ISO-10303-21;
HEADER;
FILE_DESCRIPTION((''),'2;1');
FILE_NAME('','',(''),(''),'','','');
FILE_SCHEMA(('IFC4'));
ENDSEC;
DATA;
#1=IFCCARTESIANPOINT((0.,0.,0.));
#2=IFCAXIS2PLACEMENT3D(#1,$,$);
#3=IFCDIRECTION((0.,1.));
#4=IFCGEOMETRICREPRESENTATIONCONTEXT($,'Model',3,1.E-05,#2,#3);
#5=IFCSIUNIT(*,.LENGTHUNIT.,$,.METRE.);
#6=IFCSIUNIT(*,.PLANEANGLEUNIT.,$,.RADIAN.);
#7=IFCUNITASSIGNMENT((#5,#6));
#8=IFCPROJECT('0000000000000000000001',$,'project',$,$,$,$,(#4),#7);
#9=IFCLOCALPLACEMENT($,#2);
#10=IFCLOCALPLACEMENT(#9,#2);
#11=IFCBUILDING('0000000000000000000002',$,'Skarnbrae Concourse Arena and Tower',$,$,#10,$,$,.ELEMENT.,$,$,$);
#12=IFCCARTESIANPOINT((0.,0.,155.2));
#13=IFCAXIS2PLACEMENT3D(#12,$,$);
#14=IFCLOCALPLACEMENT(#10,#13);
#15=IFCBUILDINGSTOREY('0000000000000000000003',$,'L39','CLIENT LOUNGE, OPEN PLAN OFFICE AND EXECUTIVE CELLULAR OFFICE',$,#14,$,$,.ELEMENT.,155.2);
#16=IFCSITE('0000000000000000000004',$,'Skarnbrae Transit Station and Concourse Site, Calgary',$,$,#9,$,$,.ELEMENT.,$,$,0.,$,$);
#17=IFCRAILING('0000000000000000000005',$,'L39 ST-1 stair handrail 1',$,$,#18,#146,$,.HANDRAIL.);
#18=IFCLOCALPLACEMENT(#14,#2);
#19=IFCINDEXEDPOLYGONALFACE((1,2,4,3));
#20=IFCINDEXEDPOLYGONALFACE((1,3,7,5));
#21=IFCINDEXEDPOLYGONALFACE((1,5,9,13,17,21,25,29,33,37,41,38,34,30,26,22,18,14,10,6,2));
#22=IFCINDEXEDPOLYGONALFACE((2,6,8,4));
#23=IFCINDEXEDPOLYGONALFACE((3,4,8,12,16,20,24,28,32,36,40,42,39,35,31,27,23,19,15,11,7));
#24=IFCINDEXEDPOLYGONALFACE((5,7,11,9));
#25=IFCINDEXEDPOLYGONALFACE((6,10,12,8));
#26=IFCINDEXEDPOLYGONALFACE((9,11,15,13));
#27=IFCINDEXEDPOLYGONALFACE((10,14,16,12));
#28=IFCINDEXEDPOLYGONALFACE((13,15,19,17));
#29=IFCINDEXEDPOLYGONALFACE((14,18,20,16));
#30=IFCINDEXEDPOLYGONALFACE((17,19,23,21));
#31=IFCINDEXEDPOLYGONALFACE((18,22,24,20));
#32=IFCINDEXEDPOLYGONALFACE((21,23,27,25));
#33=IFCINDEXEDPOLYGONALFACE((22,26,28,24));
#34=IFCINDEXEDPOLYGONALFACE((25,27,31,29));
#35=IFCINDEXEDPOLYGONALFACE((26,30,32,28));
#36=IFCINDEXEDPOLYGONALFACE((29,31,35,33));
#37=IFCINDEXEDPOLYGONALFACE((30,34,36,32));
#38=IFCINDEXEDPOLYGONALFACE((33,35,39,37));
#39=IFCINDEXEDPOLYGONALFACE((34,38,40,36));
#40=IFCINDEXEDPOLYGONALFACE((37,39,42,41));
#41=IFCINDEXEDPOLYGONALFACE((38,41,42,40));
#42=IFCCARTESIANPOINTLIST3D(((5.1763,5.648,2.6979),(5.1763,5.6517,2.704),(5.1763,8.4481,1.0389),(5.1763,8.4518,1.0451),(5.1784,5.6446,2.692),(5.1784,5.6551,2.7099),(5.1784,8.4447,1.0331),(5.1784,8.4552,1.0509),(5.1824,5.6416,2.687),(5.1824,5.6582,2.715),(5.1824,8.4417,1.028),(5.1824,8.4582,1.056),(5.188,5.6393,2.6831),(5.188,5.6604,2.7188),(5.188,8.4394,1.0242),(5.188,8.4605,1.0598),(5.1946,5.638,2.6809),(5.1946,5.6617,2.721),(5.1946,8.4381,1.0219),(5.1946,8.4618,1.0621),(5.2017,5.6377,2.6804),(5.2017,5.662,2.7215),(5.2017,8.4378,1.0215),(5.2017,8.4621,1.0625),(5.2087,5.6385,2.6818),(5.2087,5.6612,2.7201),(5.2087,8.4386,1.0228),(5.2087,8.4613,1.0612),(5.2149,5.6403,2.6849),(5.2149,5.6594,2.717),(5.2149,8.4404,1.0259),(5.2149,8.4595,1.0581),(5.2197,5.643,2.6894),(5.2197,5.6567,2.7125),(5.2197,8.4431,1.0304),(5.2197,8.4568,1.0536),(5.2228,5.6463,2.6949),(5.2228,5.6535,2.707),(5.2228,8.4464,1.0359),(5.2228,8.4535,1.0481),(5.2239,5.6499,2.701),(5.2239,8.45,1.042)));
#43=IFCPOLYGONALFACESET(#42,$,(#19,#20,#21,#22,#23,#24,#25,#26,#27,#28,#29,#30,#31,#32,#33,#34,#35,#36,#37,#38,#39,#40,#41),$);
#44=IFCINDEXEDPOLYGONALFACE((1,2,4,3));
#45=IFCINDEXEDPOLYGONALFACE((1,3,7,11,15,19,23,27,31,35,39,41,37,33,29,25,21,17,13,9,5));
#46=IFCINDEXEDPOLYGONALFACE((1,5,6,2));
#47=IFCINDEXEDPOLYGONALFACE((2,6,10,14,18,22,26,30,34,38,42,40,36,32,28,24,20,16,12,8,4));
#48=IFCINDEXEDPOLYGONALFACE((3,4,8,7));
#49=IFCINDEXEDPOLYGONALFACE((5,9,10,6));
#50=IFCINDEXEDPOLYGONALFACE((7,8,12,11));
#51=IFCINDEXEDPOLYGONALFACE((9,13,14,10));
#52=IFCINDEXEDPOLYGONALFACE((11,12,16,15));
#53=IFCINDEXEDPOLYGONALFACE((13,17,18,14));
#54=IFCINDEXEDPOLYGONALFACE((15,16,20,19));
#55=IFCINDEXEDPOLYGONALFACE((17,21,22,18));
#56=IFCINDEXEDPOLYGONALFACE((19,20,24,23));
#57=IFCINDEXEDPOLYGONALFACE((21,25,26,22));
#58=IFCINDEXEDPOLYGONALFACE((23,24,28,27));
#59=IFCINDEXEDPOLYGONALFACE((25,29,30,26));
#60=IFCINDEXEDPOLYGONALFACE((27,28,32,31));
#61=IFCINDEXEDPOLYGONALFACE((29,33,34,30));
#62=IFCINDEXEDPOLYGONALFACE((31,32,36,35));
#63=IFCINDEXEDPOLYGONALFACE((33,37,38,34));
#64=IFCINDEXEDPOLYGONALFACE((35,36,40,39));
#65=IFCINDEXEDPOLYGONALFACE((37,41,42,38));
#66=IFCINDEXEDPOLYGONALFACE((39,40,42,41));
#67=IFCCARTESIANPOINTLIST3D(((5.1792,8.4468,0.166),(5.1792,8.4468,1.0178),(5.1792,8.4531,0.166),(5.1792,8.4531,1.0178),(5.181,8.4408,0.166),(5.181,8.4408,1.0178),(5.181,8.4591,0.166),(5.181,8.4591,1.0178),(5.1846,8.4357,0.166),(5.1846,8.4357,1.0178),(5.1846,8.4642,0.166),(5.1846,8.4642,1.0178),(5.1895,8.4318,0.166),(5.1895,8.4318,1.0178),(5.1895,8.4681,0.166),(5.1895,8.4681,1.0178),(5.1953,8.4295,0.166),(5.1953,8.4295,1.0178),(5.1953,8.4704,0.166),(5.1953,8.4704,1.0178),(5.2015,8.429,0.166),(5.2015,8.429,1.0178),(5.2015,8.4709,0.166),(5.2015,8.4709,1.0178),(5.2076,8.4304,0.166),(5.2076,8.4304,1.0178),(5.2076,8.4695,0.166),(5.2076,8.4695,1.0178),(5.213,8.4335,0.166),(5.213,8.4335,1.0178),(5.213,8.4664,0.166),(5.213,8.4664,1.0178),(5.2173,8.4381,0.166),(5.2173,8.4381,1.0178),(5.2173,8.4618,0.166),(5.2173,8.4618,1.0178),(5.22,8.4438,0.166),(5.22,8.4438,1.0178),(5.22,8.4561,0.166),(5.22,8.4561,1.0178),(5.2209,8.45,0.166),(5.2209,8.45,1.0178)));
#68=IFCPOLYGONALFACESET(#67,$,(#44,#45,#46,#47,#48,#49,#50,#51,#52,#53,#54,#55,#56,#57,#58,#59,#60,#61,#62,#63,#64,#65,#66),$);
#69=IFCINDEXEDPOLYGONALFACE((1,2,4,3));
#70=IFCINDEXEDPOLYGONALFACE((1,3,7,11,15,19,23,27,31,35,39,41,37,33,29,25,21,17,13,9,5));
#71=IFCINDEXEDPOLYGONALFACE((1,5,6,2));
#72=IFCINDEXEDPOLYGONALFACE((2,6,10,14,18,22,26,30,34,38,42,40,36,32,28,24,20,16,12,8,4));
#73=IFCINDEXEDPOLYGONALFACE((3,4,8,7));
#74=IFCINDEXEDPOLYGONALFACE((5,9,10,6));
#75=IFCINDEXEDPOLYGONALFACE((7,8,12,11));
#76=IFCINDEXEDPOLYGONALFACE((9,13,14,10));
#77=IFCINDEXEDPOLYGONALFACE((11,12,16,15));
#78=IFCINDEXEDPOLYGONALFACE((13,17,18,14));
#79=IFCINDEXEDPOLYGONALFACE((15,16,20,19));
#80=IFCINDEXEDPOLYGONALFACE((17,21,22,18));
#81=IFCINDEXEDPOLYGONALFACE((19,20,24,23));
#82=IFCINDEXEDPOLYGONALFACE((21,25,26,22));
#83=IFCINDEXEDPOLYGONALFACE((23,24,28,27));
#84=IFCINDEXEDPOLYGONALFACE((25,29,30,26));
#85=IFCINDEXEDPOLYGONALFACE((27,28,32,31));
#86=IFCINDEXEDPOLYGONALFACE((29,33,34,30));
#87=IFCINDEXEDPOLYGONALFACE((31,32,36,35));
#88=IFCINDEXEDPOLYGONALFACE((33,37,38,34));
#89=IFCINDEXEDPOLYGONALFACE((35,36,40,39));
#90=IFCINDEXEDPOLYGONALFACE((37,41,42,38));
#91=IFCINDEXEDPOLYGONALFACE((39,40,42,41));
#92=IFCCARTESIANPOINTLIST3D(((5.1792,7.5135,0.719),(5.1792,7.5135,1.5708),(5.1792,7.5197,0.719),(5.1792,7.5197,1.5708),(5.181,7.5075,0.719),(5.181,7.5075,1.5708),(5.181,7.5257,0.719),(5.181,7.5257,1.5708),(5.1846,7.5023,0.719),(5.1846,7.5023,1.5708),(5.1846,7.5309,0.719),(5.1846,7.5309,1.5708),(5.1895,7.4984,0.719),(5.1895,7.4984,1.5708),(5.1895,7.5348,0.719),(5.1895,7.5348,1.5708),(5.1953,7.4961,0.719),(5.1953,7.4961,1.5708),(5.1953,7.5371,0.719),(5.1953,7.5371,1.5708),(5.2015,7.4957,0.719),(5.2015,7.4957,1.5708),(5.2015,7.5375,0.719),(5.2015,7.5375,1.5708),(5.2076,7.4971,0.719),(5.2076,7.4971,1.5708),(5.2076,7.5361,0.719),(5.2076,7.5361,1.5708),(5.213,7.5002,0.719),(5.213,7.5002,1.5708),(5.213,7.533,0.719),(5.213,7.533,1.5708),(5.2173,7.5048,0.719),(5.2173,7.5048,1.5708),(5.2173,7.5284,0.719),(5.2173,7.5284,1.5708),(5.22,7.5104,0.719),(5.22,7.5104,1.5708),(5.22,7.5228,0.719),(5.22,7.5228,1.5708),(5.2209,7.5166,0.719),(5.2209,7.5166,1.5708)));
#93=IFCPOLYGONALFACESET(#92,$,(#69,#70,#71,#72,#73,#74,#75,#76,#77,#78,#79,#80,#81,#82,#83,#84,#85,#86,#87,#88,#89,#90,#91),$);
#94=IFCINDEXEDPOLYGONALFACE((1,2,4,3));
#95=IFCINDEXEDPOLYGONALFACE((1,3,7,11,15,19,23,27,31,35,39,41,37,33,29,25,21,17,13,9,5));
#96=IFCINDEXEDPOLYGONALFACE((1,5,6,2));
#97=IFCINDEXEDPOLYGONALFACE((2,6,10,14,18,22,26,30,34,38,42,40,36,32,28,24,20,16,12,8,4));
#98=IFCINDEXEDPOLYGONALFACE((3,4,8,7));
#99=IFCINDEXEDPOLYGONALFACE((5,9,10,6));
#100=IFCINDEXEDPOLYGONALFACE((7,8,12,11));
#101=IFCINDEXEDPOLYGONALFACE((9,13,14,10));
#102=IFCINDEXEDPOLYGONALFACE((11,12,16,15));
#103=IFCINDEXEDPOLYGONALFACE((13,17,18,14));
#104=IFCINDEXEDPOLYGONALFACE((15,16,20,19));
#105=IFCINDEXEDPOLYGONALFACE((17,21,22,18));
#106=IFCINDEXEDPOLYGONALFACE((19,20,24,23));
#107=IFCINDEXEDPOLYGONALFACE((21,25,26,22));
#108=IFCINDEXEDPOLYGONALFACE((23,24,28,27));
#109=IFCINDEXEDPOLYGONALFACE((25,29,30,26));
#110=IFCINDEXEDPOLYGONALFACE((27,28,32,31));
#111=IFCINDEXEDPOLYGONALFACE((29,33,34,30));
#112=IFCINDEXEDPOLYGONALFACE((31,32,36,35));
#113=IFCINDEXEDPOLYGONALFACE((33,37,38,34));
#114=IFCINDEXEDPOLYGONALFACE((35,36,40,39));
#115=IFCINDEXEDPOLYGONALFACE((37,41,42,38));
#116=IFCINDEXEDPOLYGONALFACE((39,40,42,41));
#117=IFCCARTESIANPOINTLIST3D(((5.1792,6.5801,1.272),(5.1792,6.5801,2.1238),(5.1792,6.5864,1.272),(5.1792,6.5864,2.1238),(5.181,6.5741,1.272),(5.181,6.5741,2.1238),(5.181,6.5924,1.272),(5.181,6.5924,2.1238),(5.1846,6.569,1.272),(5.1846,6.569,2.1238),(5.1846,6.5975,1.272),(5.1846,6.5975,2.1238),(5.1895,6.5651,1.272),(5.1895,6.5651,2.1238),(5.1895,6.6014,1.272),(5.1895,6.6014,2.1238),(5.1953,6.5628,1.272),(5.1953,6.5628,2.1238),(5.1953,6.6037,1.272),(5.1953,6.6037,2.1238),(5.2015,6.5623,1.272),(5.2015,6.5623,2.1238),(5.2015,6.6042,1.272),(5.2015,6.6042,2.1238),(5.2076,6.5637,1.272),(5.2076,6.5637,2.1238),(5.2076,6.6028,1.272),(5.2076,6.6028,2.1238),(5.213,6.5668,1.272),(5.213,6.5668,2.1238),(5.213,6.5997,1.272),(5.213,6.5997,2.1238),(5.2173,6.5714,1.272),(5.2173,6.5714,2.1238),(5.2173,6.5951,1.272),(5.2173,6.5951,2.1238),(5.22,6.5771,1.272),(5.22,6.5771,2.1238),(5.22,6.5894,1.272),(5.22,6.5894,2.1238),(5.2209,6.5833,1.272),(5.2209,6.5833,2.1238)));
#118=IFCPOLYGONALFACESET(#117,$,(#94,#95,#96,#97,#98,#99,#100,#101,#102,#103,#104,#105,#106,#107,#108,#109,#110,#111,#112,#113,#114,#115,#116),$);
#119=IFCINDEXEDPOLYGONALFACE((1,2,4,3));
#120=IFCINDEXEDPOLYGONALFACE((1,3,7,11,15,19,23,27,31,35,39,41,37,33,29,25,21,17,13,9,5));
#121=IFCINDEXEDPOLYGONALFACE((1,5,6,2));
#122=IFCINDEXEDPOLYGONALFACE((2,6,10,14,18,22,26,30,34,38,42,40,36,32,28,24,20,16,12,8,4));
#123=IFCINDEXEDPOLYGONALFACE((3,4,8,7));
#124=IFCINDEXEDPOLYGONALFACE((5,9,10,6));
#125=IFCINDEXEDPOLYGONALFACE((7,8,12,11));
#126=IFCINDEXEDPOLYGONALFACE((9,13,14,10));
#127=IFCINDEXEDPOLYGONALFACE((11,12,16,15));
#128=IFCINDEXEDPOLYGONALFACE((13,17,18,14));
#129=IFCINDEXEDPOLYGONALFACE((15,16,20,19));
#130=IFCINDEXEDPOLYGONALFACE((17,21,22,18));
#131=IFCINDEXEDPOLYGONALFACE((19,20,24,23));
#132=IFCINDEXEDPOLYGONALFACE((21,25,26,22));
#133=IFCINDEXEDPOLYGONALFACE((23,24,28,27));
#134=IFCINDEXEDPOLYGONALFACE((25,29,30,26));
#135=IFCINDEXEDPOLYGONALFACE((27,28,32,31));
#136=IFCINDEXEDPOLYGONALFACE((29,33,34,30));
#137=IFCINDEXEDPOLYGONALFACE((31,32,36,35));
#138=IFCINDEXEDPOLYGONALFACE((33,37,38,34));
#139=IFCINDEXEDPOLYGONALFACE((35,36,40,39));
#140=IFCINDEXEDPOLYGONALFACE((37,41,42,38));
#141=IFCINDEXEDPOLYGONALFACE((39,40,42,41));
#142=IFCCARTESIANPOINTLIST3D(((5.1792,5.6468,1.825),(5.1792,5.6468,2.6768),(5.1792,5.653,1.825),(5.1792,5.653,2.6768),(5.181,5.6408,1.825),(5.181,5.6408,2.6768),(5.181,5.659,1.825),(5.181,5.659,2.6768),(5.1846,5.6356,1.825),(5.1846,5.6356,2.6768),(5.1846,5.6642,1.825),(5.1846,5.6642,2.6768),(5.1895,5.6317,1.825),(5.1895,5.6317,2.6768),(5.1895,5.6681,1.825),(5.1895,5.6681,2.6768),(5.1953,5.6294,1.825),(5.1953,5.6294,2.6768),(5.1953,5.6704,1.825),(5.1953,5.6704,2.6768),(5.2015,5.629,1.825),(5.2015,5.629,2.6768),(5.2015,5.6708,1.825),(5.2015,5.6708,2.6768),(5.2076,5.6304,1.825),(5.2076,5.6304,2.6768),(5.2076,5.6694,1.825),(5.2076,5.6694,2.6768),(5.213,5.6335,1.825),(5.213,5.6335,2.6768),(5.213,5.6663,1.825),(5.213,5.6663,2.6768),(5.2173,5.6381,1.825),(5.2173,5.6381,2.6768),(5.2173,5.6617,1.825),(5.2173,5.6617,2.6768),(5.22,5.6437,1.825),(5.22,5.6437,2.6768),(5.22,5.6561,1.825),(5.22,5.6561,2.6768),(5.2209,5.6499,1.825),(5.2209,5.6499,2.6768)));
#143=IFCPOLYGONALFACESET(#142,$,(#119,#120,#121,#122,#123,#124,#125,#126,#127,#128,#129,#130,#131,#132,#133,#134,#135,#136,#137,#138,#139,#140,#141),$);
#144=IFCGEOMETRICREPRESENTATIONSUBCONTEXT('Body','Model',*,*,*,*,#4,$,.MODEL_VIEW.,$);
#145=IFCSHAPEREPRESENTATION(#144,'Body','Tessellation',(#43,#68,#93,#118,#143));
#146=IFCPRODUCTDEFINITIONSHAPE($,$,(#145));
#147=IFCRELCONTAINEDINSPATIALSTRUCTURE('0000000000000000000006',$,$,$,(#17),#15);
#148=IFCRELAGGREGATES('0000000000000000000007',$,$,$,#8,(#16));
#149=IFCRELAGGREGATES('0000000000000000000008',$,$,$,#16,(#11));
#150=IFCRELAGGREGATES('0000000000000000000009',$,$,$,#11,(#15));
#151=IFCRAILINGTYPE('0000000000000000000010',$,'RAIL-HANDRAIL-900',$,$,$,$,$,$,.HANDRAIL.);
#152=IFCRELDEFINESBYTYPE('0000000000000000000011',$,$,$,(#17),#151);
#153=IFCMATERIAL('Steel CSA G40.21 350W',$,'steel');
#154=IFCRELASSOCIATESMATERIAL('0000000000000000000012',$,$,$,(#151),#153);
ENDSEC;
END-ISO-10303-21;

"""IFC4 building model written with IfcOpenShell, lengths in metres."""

from ifc_helpers import new_model, si_unit, direction, frame, origin, origin_2d, place, context, subcontext, project, spatial, circle, extrude, material, type_object, element, save


model = new_model("IFC4")

# Units and contexts
model_context = context("Model", 3, precision=1e-05, world=origin(), true_north=direction((0.0, 1.0)))
body_context = subcontext(model_context, "Body", "Model", "MODEL_VIEW")
ifc_project = project(units=[si_unit("LENGTHUNIT", "METRE"), si_unit("PLANEANGLEUNIT", "RADIAN")], contexts=[model_context])

# Site, building, storey
site_placement = place(None, origin())
site = spatial("IfcSite", under=ifc_project, at=site_placement, Name="Skarnbrae Transit Station and Concourse Site, Calgary", CompositionType="ELEMENT", RefElevation=0.0)
building_placement = place(site_placement, origin())
building = spatial("IfcBuilding", under=site, at=building_placement, Name="Skarnbrae Concourse Arena and Tower", CompositionType="ELEMENT")
storey_placement = place(building_placement, frame((0.0, 0.0, 155.2)))
storey = spatial("IfcBuildingStorey", under=building, at=storey_placement, Name="L39", Description="CLIENT LOUNGE, OPEN PLAN OFFICE AND EXECUTIVE CELLULAR OFFICE", CompositionType="ELEMENT", Elevation=155.2)

# Railing
ifc_material_1 = material(Name="Steel CSA G40.21 350W", Category="steel")
railing_type_1 = type_object("IfcRailingType", Name="RAIL-HANDRAIL-900", PredefinedType="HANDRAIL", material=ifc_material_1)
railing_1_placement = place(storey_placement, frame((5.2, 8.45, 0.166)))
element("IfcRailing", 1, at=railing_1_placement, inside=storey, type_object=railing_type_1, Name="L39 ST-1 stair handrail 1", PredefinedType="HANDRAIL", context=body_context, shape_type="SweptSolid", body=[
    extrude(circle(Radius=0.0239, at=origin_2d()), frame((0.0, 0.0, 0.876), z_axis=(0.0, -0.860339, 0.509722), x_axis=(1.0, 0.0, 0.0)), (0.0, 0.0, 1.0), 3.2546),
    extrude(circle(Radius=0.021, at=origin_2d()), origin(), (0.0, 0.0, 1.0), 0.8518),
    extrude(circle(Radius=0.021, at=origin_2d()), frame((0.0, -0.9333, 0.553)), (0.0, 0.0, 1.0), 0.8518),
    extrude(circle(Radius=0.021, at=origin_2d()), frame((0.0, -1.8667, 1.106)), (0.0, 0.0, 1.0), 0.8518),
    extrude(circle(Radius=0.021, at=origin_2d()), frame((0.0, -2.8, 1.6589)), (0.0, 0.0, 1.0), 0.8518),
])

save(model, "model.ifc")
